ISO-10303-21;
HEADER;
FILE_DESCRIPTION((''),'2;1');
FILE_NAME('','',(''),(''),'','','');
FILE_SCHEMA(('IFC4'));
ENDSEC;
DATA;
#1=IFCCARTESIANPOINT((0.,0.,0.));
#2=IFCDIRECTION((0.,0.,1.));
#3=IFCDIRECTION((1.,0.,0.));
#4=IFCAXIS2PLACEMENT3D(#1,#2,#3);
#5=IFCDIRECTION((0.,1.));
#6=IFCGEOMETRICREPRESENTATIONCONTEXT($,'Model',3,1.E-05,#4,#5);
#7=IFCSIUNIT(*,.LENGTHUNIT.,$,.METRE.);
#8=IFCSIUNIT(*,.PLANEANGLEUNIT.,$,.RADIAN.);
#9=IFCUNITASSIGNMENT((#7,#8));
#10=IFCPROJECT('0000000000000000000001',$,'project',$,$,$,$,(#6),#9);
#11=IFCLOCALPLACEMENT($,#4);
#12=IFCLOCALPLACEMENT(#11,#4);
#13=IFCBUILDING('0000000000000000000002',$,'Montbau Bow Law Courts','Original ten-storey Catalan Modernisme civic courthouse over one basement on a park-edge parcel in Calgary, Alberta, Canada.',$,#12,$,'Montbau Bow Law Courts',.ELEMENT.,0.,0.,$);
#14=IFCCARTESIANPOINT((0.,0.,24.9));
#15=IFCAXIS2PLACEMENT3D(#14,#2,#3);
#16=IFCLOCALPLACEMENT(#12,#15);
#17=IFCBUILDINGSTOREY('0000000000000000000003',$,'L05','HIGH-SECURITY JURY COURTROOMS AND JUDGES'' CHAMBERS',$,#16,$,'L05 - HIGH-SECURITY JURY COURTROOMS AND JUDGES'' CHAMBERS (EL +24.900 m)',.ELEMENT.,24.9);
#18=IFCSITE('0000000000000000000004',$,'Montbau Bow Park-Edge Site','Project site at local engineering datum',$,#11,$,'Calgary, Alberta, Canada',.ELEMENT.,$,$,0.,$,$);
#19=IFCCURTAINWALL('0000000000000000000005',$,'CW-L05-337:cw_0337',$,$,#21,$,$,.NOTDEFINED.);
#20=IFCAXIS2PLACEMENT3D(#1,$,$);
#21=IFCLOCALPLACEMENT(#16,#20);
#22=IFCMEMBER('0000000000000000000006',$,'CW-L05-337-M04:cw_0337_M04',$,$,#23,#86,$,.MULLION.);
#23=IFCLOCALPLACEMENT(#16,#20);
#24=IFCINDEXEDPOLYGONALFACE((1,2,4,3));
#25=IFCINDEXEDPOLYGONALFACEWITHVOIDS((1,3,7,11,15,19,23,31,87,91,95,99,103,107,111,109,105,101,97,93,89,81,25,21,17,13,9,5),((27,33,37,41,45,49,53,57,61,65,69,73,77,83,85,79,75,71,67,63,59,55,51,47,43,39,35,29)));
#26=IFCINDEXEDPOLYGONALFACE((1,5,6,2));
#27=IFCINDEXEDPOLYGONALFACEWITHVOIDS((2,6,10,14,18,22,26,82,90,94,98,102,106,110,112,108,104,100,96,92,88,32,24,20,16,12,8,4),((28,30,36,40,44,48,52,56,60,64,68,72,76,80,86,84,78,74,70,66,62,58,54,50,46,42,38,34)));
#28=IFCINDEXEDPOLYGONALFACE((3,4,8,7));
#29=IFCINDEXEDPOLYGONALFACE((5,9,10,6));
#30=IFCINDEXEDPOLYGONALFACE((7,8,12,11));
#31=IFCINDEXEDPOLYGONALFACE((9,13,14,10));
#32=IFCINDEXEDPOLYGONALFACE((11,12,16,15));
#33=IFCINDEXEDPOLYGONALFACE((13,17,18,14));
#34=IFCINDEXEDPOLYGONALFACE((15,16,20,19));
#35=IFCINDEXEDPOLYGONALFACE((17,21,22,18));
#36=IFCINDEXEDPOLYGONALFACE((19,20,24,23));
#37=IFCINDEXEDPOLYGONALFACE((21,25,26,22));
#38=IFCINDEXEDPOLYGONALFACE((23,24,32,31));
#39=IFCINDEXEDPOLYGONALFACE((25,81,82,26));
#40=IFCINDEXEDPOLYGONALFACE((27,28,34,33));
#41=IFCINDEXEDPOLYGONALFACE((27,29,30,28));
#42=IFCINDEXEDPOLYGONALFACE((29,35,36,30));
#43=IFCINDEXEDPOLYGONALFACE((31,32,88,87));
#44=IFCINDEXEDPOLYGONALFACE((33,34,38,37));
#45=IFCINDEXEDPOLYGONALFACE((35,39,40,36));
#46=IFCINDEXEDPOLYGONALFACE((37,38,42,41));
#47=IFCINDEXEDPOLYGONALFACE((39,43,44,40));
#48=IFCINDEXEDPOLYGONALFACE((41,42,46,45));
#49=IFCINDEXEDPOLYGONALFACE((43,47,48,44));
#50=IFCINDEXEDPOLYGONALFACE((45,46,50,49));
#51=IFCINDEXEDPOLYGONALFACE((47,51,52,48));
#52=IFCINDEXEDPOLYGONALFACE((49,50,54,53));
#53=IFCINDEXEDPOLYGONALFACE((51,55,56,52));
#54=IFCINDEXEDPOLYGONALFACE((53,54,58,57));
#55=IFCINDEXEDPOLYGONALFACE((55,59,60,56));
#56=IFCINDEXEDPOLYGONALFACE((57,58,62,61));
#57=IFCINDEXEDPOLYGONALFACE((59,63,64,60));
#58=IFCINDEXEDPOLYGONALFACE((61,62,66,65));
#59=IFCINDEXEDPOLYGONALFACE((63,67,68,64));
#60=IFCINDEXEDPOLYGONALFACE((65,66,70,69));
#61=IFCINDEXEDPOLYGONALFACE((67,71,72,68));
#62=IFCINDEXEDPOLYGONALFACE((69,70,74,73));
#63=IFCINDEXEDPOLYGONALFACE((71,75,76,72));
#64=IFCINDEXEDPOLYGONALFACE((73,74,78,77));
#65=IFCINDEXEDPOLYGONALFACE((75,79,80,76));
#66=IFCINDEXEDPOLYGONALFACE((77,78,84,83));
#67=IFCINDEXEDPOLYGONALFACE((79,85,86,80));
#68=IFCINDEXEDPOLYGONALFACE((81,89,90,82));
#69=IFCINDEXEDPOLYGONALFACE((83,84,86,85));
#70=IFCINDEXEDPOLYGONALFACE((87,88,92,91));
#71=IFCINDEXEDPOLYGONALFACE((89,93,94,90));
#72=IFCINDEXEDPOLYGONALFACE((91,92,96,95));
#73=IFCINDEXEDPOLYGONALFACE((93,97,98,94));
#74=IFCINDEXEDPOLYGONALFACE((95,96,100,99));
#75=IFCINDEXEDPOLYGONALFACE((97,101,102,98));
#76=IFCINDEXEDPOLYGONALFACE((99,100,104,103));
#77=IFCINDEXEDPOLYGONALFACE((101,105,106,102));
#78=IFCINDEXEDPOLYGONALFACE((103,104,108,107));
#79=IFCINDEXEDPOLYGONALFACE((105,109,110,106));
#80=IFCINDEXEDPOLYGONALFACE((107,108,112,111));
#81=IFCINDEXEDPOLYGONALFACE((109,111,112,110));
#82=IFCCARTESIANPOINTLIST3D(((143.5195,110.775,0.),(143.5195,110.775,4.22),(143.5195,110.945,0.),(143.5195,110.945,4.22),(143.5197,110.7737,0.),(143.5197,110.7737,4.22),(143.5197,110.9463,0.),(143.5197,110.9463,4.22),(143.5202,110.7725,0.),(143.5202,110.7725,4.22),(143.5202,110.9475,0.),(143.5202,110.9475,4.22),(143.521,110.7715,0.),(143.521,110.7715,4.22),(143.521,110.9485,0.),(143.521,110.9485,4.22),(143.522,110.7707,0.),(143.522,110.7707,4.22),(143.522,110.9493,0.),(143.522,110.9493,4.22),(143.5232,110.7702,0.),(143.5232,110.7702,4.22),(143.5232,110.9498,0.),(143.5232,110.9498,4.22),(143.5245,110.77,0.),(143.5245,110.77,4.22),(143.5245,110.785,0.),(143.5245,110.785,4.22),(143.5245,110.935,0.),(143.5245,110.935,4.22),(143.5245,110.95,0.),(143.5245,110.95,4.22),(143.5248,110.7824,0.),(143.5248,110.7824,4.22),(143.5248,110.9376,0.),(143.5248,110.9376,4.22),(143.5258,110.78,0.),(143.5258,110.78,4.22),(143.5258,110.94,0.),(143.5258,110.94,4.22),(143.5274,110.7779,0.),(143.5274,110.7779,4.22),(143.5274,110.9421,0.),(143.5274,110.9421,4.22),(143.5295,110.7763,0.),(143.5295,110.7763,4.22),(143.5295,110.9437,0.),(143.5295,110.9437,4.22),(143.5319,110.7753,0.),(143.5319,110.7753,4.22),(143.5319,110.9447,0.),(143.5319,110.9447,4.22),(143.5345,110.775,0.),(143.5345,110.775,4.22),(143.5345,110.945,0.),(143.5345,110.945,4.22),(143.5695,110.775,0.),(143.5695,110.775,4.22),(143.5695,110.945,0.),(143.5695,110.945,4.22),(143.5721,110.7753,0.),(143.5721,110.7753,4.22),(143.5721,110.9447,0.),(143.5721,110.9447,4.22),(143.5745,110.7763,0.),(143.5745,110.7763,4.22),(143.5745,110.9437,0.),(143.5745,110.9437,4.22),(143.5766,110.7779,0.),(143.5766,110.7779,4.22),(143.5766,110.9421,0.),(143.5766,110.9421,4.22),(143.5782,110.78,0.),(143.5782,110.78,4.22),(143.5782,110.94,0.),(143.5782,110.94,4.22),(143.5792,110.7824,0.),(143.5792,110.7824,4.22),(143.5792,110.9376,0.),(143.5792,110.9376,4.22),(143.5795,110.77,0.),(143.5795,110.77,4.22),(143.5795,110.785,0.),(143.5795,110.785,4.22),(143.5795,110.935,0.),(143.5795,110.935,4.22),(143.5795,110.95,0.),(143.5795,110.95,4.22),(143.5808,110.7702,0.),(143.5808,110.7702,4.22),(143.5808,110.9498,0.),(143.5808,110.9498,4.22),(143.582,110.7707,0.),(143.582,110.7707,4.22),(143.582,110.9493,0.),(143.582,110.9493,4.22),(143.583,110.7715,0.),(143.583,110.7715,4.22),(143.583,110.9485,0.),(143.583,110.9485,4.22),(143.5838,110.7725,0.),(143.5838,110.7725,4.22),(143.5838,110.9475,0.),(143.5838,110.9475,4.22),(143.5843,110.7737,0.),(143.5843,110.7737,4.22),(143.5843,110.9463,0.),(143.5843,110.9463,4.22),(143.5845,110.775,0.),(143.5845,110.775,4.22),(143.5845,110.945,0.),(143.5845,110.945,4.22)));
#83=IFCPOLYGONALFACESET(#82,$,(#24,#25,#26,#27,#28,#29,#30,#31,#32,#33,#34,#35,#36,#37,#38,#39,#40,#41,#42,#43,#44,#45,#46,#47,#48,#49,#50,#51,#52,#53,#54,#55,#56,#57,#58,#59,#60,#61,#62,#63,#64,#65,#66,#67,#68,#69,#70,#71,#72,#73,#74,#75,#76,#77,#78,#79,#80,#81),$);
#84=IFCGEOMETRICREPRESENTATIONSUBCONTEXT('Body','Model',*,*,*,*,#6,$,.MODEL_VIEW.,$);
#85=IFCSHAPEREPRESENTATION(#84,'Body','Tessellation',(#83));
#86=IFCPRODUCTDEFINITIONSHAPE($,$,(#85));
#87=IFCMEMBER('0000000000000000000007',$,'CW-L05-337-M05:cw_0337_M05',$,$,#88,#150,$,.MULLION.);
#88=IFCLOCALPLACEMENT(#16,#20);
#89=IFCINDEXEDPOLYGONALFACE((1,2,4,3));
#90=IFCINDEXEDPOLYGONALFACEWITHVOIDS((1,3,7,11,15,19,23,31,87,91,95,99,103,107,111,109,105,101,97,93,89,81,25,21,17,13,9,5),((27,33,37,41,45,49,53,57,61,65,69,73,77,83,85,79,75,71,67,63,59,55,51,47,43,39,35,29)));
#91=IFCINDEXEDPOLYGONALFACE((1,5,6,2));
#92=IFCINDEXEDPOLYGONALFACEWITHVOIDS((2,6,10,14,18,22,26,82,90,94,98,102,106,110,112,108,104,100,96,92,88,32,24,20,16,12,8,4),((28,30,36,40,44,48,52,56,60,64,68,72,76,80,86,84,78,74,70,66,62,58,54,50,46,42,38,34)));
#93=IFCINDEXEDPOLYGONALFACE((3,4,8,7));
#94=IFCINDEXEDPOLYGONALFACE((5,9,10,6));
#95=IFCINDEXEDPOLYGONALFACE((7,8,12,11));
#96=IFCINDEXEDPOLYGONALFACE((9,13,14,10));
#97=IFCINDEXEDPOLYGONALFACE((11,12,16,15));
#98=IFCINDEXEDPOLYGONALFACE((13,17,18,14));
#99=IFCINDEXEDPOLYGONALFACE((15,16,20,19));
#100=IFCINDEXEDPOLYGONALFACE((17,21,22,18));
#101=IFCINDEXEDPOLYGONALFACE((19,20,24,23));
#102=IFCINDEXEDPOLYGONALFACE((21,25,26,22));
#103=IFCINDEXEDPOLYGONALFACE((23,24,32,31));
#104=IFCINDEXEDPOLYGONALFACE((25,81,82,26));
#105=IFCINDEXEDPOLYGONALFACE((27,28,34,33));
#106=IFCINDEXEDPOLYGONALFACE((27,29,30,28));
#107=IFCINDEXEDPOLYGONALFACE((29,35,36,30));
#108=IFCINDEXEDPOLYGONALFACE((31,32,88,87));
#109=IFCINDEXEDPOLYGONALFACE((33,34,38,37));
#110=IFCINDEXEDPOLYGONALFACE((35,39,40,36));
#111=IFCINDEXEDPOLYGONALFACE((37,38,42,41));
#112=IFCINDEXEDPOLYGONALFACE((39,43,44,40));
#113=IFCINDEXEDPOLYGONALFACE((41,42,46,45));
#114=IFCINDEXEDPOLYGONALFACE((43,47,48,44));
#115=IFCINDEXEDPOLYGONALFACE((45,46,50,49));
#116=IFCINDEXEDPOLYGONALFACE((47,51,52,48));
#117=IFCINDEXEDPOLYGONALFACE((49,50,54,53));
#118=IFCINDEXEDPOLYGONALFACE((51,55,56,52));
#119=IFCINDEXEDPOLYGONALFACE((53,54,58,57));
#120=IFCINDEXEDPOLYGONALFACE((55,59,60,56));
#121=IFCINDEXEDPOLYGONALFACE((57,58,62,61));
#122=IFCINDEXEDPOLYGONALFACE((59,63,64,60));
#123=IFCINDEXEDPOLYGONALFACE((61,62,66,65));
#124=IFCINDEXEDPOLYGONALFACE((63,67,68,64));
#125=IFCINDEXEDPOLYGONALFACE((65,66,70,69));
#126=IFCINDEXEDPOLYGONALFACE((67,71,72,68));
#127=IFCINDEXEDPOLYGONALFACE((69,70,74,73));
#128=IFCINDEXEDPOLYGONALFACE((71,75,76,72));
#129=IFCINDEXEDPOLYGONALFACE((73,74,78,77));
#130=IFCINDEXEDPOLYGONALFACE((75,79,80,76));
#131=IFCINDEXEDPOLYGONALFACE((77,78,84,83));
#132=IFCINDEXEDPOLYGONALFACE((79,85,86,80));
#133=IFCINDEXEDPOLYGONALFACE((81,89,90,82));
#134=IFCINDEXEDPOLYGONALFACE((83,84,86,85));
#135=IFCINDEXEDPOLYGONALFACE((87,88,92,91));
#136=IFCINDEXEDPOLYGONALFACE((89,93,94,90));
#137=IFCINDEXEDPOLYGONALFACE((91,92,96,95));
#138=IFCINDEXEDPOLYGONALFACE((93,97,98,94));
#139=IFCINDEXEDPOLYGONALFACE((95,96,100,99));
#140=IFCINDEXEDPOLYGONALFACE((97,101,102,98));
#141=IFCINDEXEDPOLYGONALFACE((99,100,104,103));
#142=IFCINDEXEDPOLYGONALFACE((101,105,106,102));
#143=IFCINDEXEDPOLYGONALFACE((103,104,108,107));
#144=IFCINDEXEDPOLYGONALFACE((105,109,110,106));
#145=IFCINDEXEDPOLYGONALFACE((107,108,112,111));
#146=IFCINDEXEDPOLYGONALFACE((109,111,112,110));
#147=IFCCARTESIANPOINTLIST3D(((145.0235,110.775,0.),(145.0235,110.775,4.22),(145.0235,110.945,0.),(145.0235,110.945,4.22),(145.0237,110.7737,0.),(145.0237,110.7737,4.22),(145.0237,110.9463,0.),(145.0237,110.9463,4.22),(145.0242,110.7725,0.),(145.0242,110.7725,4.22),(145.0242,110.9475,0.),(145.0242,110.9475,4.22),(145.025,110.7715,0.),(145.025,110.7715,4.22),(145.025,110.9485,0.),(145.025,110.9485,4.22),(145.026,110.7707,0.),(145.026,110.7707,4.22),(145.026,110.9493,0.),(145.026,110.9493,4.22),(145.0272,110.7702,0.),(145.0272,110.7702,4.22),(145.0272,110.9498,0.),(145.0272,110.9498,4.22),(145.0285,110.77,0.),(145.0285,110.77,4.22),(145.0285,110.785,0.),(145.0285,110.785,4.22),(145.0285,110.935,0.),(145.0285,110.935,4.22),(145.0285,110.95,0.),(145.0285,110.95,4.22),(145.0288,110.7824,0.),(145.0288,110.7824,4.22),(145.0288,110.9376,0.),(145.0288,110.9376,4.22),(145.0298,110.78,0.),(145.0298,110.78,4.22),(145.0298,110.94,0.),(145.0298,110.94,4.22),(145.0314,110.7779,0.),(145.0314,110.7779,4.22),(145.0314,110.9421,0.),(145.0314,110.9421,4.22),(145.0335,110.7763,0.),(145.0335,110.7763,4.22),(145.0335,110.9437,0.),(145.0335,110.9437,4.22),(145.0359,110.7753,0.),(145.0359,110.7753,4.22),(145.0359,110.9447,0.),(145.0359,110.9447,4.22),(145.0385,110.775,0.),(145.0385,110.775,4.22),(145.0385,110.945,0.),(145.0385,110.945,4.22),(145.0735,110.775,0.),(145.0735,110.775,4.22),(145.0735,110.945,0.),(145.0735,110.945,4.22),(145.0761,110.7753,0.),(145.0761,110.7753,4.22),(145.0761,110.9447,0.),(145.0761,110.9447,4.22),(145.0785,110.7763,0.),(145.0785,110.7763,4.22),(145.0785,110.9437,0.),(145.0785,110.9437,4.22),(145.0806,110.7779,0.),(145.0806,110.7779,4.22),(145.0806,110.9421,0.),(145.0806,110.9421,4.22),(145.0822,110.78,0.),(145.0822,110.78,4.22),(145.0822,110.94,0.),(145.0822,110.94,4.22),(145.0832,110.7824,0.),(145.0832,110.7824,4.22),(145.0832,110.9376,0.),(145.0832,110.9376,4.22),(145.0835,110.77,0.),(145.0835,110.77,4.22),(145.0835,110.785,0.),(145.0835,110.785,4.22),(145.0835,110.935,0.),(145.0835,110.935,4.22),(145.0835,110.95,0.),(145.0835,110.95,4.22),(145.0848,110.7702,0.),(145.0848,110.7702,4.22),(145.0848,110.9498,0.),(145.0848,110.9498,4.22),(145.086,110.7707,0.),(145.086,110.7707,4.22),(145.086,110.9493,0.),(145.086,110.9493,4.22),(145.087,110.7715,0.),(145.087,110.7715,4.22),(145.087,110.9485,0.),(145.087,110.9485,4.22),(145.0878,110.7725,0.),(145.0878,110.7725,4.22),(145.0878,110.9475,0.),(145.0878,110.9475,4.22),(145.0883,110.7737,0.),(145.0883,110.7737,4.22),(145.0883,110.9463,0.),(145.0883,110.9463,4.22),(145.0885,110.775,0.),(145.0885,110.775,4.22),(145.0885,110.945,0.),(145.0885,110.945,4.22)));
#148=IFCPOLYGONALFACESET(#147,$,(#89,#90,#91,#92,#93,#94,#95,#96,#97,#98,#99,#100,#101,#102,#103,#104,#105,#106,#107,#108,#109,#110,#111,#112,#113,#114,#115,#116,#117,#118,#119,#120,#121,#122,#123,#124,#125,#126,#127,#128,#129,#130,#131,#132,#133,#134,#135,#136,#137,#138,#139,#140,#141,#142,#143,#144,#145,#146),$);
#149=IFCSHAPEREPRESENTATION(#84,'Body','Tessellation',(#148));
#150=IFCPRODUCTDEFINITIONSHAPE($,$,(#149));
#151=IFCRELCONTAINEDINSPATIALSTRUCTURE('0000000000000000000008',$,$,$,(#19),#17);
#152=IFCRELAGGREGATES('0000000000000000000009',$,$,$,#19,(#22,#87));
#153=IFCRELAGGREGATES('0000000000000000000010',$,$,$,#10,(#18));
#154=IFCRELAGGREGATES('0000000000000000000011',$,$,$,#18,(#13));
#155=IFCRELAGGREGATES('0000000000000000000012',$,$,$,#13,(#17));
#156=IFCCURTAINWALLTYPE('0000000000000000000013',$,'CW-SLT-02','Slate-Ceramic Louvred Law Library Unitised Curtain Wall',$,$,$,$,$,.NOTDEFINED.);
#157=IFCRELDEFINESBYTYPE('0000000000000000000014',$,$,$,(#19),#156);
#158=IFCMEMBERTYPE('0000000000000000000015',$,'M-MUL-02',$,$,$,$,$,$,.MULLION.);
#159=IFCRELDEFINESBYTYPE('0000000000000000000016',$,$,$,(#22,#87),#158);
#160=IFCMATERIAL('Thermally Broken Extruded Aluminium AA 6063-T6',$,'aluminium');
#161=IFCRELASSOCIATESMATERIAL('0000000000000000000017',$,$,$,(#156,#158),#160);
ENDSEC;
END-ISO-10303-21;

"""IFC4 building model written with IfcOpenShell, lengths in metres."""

from ifc_helpers import new_model, si_unit, direction, frame, origin_with_axes, origin_2d_with_axis, place, context, subcontext, project, spatial, hollow_rectangle, extrude, material, material_profile, profile_set, type_object, element, aggregate, save


model = new_model("IFC4")

# Units and contexts
model_context = context("Model", 3, precision=1e-05, world=origin_with_axes(), true_north=direction((0.0, 1.0)))
body_context = subcontext(model_context, "Body", "Model", "MODEL_VIEW")
ifc_project = project(units=[si_unit("LENGTHUNIT", "METRE"), si_unit("PLANEANGLEUNIT", "RADIAN")], contexts=[model_context])

# Site, building, storey
site_placement = place(None, origin_with_axes())
site = spatial("IfcSite", under=ifc_project, at=site_placement, Name="Montbau Bow Park-Edge Site", Description="Project site at local engineering datum", LongName="Calgary, Alberta, Canada", CompositionType="ELEMENT", RefElevation=0.0)
building_placement = place(site_placement, origin_with_axes())
building = spatial("IfcBuilding", under=site, at=building_placement, Name="Montbau Bow Law Courts", Description="Original ten-storey Catalan Modernisme civic courthouse over one basement on a park-edge parcel in Calgary, Alberta, Canada.", LongName="Montbau Bow Law Courts", CompositionType="ELEMENT", ElevationOfRefHeight=0.0, ElevationOfTerrain=0.0)
storey_placement = place(building_placement, frame((0.0, 0.0, 24.9), z_axis=(0.0, 0.0, 1.0), x_axis=(1.0, 0.0, 0.0)))
storey = spatial("IfcBuildingStorey", under=building, at=storey_placement, Name="L05", Description="HIGH-SECURITY JURY COURTROOMS AND JUDGES' CHAMBERS", LongName="L05 - HIGH-SECURITY JURY COURTROOMS AND JUDGES' CHAMBERS (EL +24.900 m)", CompositionType="ELEMENT", Elevation=24.9)

# Curtain wall, members
ifc_material_1 = material(Name="Thermally Broken Extruded Aluminium AA 6063-T6", Category="aluminium")
curtain_wall_type = type_object("IfcCurtainWallType", Name="CW-SLT-02", Description="Slate-Ceramic Louvred Law Library Unitised Curtain Wall", PredefinedType="NOTDEFINED", material=ifc_material_1)
curtain_wall_placement = place(None, frame((139.04, 110.86, 24.9), z_axis=(0.0, 0.0, 1.0), x_axis=(1.0, 0.0, 0.0)))
curtain_wall = element("IfcCurtainWall", 1, at=curtain_wall_placement, inside=storey, type_object=curtain_wall_type, Name="CW-L05-337:cw_0337", PredefinedType="NOTDEFINED")
ifc_material_profile_1 = material_profile(ifc_material_1, hollow_rectangle(XDim=0.065, YDim=0.18, WallThickness=0.005, InnerFilletRadius=0.01, OuterFilletRadius=0.005, at=origin_2d_with_axis()), Name="CWM-180X65", Category="Main", Priority=0)
ifc_profile_set_1 = profile_set([ifc_material_profile_1], Name="Thermally Broken Extruded Aluminium AA 6063-T6")
member_type_1 = type_object("IfcMemberType", Name="M-MUL-02", PredefinedType="MULLION", material=ifc_profile_set_1)
member_1_placement = place(None, frame((143.552, 110.86, 24.9), z_axis=(0.0, 0.0, 1.0), x_axis=(1.0, 0.0, 0.0)))
member_1 = element("IfcMember", 2, at=member_1_placement, type_object=member_type_1, Name="CW-L05-337-M04:cw_0337_M04", PredefinedType="MULLION", context=body_context, shape_type="SweptSolid", body=[
    extrude(hollow_rectangle(XDim=0.065, YDim=0.18, WallThickness=0.005, InnerFilletRadius=0.01, OuterFilletRadius=0.005, at=origin_2d_with_axis()), origin_with_axes(), (0.0, 0.0, 1.0), 4.22),
])
member_2_placement = place(None, frame((145.056, 110.86, 24.9), z_axis=(0.0, 0.0, 1.0), x_axis=(1.0, 0.0, 0.0)))
member_2 = element("IfcMember", 3, at=member_2_placement, type_object=member_type_1, Name="CW-L05-337-M05:cw_0337_M05", PredefinedType="MULLION", context=body_context, shape_type="SweptSolid", body=[
    extrude(hollow_rectangle(XDim=0.065, YDim=0.18, WallThickness=0.005, InnerFilletRadius=0.01, OuterFilletRadius=0.005, at=origin_2d_with_axis()), origin_with_axes(), (0.0, 0.0, 1.0), 4.22),
])
aggregate(curtain_wall, [member_1, member_2])

save(model, "model.ifc")
